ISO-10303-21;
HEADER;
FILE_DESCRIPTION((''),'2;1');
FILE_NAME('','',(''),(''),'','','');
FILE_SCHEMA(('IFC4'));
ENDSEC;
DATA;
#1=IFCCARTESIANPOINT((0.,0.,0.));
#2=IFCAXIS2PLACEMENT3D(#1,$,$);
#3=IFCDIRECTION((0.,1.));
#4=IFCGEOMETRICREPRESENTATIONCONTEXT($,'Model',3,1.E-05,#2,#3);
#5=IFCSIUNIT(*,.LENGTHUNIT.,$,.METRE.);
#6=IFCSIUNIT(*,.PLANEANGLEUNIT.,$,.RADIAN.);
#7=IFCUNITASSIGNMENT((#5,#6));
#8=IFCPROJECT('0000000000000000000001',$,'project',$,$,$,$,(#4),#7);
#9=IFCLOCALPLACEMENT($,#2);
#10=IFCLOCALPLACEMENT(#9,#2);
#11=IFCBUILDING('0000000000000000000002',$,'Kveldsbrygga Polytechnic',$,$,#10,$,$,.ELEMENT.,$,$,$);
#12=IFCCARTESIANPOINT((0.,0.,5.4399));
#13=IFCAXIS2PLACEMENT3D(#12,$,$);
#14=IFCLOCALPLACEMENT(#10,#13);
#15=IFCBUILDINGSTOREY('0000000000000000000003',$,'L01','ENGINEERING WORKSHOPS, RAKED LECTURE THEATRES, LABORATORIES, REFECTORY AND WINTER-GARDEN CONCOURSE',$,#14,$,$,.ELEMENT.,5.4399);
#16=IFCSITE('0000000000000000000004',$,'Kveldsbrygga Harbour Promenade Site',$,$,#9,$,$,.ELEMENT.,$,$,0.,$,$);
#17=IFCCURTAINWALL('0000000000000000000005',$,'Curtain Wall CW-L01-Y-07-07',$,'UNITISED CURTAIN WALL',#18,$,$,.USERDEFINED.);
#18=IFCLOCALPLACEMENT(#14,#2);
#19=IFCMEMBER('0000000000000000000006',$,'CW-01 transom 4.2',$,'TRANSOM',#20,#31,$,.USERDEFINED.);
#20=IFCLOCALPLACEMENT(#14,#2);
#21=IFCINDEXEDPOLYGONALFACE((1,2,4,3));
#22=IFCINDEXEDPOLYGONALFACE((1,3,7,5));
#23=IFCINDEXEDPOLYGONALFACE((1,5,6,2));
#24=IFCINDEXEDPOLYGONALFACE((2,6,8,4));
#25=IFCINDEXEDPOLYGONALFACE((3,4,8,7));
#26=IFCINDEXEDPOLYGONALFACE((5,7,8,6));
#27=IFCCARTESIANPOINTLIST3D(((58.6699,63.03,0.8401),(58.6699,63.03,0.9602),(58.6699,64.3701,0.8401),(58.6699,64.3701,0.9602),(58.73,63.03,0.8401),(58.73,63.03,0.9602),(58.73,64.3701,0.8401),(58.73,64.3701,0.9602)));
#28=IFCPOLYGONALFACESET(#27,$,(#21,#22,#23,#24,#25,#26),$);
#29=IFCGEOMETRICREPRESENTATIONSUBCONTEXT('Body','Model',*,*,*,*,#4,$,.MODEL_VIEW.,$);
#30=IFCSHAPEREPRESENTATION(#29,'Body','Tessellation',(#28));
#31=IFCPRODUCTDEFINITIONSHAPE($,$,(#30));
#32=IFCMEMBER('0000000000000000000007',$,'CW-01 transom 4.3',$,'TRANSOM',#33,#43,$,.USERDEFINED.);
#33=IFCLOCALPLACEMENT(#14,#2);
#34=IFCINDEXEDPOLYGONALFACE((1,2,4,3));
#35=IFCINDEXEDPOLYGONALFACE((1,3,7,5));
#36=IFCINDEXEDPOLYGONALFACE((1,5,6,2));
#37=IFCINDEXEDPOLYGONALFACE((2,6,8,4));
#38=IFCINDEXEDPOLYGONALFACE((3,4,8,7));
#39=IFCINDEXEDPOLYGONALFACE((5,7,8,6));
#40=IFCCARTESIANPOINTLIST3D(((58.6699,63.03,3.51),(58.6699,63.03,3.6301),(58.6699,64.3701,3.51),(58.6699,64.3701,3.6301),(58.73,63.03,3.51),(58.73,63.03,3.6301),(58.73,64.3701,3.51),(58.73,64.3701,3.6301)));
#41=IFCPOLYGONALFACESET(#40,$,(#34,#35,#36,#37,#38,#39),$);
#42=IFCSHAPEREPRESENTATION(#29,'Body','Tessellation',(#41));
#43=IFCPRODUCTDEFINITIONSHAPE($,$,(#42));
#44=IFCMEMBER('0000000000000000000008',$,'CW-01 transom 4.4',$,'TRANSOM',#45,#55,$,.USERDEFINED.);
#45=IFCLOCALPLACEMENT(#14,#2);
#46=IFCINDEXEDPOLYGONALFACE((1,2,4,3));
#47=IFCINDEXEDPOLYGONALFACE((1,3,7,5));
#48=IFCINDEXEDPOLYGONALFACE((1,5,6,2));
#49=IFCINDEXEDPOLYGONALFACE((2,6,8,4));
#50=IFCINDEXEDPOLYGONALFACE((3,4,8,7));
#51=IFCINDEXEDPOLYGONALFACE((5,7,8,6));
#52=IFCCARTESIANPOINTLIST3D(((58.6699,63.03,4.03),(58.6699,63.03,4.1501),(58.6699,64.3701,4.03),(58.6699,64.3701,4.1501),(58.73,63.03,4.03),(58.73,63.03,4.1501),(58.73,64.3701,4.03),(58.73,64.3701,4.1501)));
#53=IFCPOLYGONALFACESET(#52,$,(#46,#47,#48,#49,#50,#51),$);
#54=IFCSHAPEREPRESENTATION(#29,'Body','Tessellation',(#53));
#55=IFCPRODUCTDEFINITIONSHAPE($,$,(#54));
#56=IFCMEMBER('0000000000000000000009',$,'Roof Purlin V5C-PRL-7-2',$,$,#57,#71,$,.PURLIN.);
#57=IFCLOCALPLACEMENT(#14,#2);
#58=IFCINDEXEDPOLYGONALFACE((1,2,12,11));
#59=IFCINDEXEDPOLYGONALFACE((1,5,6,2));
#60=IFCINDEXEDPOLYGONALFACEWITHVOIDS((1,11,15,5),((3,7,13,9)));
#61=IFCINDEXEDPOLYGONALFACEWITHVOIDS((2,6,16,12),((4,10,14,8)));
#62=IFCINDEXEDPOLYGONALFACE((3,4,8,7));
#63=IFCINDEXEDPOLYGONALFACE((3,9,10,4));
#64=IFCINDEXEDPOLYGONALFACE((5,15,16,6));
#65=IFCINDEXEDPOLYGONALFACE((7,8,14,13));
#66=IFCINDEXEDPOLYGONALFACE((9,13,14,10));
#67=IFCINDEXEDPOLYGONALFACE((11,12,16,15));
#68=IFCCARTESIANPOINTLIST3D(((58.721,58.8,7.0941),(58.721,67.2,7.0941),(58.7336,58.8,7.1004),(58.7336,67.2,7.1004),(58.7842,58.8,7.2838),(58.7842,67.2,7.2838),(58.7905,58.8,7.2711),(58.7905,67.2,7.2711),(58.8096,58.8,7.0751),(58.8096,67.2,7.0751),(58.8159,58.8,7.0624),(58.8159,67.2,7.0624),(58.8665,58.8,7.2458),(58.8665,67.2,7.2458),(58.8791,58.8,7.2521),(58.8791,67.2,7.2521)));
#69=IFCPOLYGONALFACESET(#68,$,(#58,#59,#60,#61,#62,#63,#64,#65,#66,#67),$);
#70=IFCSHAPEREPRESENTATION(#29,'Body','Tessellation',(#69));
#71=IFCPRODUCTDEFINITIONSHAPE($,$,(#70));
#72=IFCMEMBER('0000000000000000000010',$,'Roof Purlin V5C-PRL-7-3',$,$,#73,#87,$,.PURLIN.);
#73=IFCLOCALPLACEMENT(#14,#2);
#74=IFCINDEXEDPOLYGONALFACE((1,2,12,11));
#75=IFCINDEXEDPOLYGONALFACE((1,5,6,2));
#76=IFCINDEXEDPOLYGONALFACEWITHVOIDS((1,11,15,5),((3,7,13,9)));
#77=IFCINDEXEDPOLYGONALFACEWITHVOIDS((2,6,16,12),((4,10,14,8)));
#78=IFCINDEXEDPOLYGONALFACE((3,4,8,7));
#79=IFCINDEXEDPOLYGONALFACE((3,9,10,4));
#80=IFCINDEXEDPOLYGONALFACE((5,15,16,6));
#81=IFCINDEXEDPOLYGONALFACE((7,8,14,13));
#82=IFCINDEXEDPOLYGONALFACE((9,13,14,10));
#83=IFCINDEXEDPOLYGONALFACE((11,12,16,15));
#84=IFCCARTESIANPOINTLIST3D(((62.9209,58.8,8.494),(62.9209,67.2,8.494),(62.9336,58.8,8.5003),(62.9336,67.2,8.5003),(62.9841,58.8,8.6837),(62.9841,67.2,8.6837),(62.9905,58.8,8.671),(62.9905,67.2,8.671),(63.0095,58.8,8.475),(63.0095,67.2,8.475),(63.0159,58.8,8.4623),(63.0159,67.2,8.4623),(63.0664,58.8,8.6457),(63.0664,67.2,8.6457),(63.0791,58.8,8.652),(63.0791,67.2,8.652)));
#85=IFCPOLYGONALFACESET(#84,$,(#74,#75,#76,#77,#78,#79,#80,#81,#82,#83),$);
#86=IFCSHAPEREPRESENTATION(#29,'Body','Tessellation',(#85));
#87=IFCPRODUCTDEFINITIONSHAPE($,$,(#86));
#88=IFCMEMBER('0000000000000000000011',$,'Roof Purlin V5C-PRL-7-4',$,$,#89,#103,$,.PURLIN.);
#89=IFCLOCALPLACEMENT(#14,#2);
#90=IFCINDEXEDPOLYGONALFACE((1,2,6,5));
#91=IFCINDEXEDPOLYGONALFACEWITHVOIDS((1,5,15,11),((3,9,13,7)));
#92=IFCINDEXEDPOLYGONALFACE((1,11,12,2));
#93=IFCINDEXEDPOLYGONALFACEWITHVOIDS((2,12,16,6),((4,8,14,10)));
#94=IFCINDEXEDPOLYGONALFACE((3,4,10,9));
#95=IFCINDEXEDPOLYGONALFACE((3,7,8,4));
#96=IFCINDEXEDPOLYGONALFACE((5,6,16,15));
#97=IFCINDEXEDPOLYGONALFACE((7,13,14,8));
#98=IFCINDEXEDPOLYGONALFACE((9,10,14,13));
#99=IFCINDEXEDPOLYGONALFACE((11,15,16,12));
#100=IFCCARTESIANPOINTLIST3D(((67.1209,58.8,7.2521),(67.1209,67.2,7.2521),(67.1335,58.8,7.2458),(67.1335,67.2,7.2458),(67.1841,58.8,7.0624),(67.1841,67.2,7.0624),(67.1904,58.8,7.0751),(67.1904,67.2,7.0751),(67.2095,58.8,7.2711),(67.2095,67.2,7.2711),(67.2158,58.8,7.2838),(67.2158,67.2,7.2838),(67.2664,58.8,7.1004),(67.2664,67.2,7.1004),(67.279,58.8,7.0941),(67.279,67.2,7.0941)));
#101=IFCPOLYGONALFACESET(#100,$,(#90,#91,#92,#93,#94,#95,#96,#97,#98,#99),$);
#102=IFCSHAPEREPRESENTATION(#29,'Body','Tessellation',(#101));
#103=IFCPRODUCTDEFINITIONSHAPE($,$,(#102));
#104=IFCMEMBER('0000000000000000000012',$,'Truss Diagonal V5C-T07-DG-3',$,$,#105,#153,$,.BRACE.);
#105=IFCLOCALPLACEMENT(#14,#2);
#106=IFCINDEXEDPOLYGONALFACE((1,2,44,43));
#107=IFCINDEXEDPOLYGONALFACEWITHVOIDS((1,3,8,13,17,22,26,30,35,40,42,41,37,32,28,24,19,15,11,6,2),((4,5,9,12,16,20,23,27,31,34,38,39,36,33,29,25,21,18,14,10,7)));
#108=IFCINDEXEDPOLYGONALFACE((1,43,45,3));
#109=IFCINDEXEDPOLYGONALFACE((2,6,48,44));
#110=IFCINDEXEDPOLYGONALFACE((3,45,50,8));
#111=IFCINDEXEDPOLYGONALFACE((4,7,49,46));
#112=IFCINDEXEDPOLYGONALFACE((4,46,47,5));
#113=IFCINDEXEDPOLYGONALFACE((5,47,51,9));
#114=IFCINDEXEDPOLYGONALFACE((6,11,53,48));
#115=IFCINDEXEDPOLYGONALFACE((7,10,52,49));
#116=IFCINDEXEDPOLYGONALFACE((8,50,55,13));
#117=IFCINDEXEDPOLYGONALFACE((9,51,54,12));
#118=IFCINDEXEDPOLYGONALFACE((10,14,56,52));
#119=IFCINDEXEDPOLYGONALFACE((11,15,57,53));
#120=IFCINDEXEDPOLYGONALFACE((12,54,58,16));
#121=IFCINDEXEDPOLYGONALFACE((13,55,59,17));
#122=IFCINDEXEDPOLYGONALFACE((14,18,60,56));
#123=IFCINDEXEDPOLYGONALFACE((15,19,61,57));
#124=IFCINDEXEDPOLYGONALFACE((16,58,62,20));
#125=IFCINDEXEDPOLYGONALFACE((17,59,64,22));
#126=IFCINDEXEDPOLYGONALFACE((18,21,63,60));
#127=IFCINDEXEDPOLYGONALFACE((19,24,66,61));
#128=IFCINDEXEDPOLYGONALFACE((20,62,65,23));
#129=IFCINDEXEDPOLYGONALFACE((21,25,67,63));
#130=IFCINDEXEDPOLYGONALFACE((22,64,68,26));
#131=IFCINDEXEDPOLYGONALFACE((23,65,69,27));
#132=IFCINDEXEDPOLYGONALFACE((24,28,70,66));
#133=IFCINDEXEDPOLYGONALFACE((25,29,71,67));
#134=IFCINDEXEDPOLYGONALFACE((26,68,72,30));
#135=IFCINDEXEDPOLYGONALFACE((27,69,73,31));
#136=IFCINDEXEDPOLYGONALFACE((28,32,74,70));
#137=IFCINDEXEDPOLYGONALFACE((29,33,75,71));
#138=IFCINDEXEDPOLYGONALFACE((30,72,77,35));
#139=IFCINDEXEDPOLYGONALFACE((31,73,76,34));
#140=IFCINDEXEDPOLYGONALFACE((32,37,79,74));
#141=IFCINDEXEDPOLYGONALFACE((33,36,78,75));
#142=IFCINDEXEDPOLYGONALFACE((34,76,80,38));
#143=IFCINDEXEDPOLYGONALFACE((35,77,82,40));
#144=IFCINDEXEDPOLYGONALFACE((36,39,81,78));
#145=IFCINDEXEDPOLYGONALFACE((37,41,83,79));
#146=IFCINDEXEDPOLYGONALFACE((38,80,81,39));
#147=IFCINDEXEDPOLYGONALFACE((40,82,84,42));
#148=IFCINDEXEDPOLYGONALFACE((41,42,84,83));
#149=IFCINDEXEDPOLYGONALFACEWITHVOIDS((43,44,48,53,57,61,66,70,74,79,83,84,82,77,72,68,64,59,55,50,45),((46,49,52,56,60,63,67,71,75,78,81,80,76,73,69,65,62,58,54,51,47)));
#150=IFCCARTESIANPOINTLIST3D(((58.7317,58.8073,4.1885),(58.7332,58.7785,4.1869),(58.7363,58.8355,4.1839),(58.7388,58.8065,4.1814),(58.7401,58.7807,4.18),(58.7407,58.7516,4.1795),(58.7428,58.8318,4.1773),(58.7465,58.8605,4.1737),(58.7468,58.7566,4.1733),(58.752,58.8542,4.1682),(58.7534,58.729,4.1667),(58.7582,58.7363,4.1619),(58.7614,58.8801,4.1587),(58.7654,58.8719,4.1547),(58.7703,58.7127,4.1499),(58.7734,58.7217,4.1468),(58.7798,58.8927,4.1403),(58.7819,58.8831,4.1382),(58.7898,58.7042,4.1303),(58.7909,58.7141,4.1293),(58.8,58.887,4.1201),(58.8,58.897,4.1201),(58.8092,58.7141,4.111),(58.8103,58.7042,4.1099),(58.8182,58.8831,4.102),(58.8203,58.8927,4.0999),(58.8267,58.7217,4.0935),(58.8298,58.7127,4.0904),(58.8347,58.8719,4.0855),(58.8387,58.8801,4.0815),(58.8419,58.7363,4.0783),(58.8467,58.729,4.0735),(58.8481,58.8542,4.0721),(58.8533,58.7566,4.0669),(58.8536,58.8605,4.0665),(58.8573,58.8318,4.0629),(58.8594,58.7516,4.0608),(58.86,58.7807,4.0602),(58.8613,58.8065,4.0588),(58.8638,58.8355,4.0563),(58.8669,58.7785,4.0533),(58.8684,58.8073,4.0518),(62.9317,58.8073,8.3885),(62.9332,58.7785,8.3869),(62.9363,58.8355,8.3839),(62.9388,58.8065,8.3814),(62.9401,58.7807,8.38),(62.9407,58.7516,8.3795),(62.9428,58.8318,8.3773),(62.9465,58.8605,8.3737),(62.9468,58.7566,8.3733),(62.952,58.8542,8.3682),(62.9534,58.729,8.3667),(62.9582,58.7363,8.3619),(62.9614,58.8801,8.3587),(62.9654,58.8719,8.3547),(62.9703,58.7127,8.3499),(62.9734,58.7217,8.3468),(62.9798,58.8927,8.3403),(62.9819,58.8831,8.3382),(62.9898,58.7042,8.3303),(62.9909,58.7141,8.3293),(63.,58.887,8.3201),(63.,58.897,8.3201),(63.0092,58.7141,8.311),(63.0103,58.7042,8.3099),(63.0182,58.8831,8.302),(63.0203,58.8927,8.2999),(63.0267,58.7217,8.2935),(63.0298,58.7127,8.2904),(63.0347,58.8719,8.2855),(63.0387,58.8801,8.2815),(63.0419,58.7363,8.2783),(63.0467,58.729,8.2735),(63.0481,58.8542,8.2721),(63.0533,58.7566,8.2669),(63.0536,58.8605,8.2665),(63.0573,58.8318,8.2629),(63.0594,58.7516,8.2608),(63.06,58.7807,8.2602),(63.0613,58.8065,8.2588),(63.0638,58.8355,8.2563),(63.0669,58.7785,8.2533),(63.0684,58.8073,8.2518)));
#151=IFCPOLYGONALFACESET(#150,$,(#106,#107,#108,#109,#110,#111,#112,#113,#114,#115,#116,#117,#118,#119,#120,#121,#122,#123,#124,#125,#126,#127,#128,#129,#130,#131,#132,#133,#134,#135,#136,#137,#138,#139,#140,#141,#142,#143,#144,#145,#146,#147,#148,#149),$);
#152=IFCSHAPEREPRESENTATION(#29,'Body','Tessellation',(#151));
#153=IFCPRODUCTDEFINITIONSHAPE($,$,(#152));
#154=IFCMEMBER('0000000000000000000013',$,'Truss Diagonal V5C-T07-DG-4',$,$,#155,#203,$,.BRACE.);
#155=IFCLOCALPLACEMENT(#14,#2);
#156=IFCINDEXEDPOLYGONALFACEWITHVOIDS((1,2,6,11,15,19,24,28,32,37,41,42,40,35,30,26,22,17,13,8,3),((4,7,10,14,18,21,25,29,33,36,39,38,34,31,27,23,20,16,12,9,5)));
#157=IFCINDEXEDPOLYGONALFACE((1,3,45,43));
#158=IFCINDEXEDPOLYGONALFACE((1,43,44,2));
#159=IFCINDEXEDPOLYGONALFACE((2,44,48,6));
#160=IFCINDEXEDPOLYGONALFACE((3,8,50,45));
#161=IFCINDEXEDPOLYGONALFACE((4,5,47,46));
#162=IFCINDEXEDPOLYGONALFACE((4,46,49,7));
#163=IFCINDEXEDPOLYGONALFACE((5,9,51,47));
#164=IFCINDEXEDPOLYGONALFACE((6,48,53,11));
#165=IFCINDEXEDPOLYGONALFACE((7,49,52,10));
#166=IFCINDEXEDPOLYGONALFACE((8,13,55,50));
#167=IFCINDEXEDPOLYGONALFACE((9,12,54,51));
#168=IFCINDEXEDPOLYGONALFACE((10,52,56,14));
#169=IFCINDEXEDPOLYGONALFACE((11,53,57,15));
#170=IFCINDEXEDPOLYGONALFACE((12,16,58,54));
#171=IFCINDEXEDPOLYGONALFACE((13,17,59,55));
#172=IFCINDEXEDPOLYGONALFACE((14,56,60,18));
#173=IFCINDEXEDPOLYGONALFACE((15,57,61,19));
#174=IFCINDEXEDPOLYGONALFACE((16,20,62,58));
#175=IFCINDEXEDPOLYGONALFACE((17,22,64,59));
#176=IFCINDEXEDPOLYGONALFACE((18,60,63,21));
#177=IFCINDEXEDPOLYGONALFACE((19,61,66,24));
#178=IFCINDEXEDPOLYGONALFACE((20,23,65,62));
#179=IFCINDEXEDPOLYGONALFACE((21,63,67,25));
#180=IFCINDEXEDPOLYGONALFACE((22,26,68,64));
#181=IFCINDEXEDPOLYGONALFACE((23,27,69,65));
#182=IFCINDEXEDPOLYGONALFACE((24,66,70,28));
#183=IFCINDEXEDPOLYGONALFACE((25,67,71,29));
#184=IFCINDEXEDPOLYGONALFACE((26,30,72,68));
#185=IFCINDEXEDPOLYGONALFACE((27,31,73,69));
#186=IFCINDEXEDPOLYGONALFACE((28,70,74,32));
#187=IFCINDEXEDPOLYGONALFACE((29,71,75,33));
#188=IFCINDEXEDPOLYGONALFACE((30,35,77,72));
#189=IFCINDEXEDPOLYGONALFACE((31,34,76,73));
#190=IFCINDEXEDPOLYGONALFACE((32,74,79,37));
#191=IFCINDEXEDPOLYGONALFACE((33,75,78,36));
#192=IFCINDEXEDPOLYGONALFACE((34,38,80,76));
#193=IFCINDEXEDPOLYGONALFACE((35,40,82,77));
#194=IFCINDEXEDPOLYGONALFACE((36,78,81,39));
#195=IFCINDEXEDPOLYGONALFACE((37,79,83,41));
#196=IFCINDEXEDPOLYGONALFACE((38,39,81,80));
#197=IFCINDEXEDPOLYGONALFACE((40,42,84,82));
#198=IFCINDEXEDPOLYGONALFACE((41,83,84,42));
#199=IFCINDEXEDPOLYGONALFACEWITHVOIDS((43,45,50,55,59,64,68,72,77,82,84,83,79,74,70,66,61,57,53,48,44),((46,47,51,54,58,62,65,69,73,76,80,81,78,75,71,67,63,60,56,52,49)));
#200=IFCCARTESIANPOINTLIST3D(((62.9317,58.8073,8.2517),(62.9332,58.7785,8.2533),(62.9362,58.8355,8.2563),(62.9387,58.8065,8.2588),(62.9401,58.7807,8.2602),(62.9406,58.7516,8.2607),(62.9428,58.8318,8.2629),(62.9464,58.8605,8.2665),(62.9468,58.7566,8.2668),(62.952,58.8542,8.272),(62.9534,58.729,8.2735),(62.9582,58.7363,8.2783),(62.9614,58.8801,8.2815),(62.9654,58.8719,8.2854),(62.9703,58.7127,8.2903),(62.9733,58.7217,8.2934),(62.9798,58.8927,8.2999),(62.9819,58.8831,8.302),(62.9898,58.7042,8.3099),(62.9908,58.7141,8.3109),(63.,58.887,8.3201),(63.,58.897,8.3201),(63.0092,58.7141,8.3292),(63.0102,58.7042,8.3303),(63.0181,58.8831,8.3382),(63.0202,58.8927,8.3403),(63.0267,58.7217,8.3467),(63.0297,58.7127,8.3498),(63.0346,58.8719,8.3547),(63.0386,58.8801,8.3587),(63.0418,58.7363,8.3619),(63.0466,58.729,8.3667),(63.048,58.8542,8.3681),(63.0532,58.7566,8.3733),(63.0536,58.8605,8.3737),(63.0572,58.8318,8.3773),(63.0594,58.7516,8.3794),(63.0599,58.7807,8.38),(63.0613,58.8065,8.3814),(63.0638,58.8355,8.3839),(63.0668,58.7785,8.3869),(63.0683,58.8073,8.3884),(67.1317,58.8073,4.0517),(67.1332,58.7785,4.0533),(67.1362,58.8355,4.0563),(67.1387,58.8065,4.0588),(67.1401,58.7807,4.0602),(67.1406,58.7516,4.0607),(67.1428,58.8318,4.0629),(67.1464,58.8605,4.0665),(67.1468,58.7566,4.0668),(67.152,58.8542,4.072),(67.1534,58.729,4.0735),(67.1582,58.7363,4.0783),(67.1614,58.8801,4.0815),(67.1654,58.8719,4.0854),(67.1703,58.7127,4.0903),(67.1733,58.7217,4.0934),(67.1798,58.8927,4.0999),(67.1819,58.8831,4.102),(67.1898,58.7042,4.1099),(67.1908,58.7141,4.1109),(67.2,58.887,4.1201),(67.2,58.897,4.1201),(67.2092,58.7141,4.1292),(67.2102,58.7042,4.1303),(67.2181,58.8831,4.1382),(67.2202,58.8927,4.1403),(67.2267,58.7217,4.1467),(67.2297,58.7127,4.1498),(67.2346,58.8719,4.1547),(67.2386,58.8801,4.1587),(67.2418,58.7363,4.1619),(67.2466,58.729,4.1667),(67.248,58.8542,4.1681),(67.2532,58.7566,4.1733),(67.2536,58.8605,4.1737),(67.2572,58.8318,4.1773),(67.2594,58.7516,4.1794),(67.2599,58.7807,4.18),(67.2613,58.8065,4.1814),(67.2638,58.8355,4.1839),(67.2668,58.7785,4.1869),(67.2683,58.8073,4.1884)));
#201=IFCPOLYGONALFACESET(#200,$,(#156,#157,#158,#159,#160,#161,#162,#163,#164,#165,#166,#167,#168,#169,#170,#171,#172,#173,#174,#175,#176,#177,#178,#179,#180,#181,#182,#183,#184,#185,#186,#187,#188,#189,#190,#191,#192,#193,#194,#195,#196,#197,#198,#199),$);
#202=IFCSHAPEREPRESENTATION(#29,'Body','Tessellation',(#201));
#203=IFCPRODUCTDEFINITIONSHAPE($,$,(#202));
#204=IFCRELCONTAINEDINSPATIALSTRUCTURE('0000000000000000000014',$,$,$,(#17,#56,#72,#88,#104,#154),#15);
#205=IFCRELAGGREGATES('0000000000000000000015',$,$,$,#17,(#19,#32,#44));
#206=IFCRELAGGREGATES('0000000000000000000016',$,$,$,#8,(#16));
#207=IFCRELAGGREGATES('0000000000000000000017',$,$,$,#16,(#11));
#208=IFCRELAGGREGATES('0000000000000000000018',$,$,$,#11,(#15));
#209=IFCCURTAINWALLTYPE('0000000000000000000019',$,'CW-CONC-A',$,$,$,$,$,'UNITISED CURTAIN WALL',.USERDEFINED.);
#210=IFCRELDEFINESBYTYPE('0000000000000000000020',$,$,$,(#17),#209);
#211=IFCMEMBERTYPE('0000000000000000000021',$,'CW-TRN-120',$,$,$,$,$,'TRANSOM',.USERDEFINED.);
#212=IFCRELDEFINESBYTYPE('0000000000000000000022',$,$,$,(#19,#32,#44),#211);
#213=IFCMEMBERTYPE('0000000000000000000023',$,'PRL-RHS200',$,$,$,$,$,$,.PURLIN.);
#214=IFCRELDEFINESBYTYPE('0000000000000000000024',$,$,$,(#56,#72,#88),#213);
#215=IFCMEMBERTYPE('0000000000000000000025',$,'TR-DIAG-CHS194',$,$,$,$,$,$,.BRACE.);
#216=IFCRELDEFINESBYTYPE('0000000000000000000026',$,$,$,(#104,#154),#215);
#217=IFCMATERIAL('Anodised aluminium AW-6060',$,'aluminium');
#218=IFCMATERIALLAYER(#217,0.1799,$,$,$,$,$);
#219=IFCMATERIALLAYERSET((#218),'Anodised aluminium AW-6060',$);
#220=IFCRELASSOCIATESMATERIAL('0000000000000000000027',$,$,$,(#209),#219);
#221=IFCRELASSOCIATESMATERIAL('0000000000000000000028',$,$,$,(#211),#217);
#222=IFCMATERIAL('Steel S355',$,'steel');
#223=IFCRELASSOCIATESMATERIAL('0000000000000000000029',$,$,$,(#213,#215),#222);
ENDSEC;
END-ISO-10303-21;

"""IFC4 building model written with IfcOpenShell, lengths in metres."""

from ifc_helpers import new_model, si_unit, direction, frame, origin, origin_2d, place, context, subcontext, project, spatial, rectangle, hollow_rectangle, hollow_circle, extrude, material, layer, layer_set, material_profile, profile_set, type_object, element, aggregate, save


model = new_model("IFC4")

# Units and contexts
model_context = context("Model", 3, precision=1e-05, world=origin(), true_north=direction((0.0, 1.0)))
body_context = subcontext(model_context, "Body", "Model", "MODEL_VIEW")
ifc_project = project(units=[si_unit("LENGTHUNIT", "METRE"), si_unit("PLANEANGLEUNIT", "RADIAN")], contexts=[model_context])

# Site, building, storey
site_placement = place(None, origin())
site = spatial("IfcSite", under=ifc_project, at=site_placement, Name="Kveldsbrygga Harbour Promenade Site", CompositionType="ELEMENT", RefElevation=0.0)
building_placement = place(site_placement, origin())
building = spatial("IfcBuilding", under=site, at=building_placement, Name="Kveldsbrygga Polytechnic", CompositionType="ELEMENT")
storey_placement = place(building_placement, frame((0.0, 0.0, 5.4399)))
storey = spatial("IfcBuildingStorey", under=building, at=storey_placement, Name="L01", Description="ENGINEERING WORKSHOPS, RAKED LECTURE THEATRES, LABORATORIES, REFECTORY AND WINTER-GARDEN CONCOURSE", CompositionType="ELEMENT", Elevation=5.4399)

# Shared definitions
ifc_material_1 = material(Name="Steel S355", Category="steel")

# Curtain wall
ifc_material_2 = material(Name="Anodised aluminium AW-6060", Category="aluminium")
ifc_layer_1 = layer(ifc_material_2, 0.1799)
ifc_layer_set_1 = layer_set([ifc_layer_1], Name="Anodised aluminium AW-6060")
curtain_wall_type = type_object("IfcCurtainWallType", Name="CW-CONC-A", ElementType="UNITISED CURTAIN WALL", PredefinedType="USERDEFINED", material=ifc_layer_set_1)
curtain_wall_1_placement = place(storey_placement, origin())
curtain_wall_1 = element("IfcCurtainWall", 1, at=curtain_wall_1_placement, inside=storey, type_object=curtain_wall_type, Name="Curtain Wall CW-L01-Y-07-07", ObjectType="UNITISED CURTAIN WALL", PredefinedType="USERDEFINED")

# Members
ifc_material_profile_1 = material_profile(ifc_material_2, rectangle(XDim=0.0601, YDim=0.1201, at=origin_2d()), Name="ALU 60x120")
ifc_profile_set_1 = profile_set([ifc_material_profile_1], Name="Anodised aluminium AW-6060")
member_type_1 = type_object("IfcMemberType", Name="CW-TRN-120", ElementType="TRANSOM", PredefinedType="USERDEFINED", material=ifc_profile_set_1)
member_1_placement = place(storey_placement, frame((58.7, 63.03, 0.9001), z_axis=(0.0, 1.0, 0.0), x_axis=(-1.0, 0.0, 0.0)))
member_1 = element("IfcMember", 2, at=member_1_placement, type_object=member_type_1, Name="CW-01 transom 4.2", ObjectType="TRANSOM", PredefinedType="USERDEFINED", context=body_context, shape_type="SweptSolid", body=[
    extrude(rectangle(XDim=0.0601, YDim=0.1201, at=origin_2d()), origin(), (0.0, 0.0, 1.0), 1.3401),
])
member_2_placement = place(storey_placement, frame((58.7, 63.03, 3.5701), z_axis=(0.0, 1.0, 0.0), x_axis=(-1.0, 0.0, 0.0)))
member_2 = element("IfcMember", 3, at=member_2_placement, type_object=member_type_1, Name="CW-01 transom 4.3", ObjectType="TRANSOM", PredefinedType="USERDEFINED", context=body_context, shape_type="SweptSolid", body=[
    extrude(rectangle(XDim=0.0601, YDim=0.1201, at=origin_2d()), origin(), (0.0, 0.0, 1.0), 1.3401),
])
member_3_placement = place(storey_placement, frame((58.7, 63.03, 4.0901), z_axis=(0.0, 1.0, 0.0), x_axis=(-1.0, 0.0, 0.0)))
member_3 = element("IfcMember", 4, at=member_3_placement, type_object=member_type_1, Name="CW-01 transom 4.4", ObjectType="TRANSOM", PredefinedType="USERDEFINED", context=body_context, shape_type="SweptSolid", body=[
    extrude(rectangle(XDim=0.0601, YDim=0.1201, at=origin_2d()), origin(), (0.0, 0.0, 1.0), 1.3401),
])

# Members
ifc_material_profile_2 = material_profile(ifc_material_1, hollow_rectangle(XDim=0.1001, YDim=0.2, WallThickness=0.01, at=origin_2d()), Name="RHS 200x100x10.0")
ifc_profile_set_2 = profile_set([ifc_material_profile_2], Name="Steel S355")
member_type_2 = type_object("IfcMemberType", Name="PRL-RHS200", PredefinedType="PURLIN", material=ifc_profile_set_2)
for number, where, z_axis, x_axis, name in (
    (5, (58.8, 58.8, 7.1731), (0.0, 1.0, 0.0), (-0.948684, 0.0, 0.316227), "Roof Purlin V5C-PRL-7-2"),
    (6, (63.0, 58.8, 8.573), (0.0, 1.0, 0.0), (-0.948684, 0.0, 0.316227), "Roof Purlin V5C-PRL-7-3"),
    (7, (67.2, 58.8, 7.1731), (0.0, 1.0, 0.0), (-0.948684, 0.0, -0.316227), "Roof Purlin V5C-PRL-7-4"),
):
    element("IfcMember", number, at=place(storey_placement, frame(where, z_axis=z_axis, x_axis=x_axis)), inside=storey, type_object=member_type_2, Name=name, PredefinedType="PURLIN", context=body_context, shape_type="SweptSolid", body=[
        extrude(hollow_rectangle(XDim=0.1001, YDim=0.2, WallThickness=0.01, at=origin_2d()), origin(), (0.0, 0.0, 1.0), 8.3999),
    ])
ifc_material_profile_3 = material_profile(ifc_material_1, hollow_circle(Radius=0.0969, WallThickness=0.01, at=origin_2d()), Name="CHS 193.7x10.0")
ifc_profile_set_3 = profile_set([ifc_material_profile_3], Name="Steel S355")
member_type_3 = type_object("IfcMemberType", Name="TR-DIAG-CHS194", PredefinedType="BRACE", material=ifc_profile_set_3)
for number, where, z_axis, x_axis, name in (
    (8, (58.8, 58.8, 4.1201), (0.707107, 0.0, 0.707107), (0.0, 1.0, 0.0), "Truss Diagonal V5C-T07-DG-3"),
    (9, (63.0, 58.8, 8.3201), (0.707107, 0.0, -0.707107), (0.0, 1.0, 0.0), "Truss Diagonal V5C-T07-DG-4"),
):
    element("IfcMember", number, at=place(storey_placement, frame(where, z_axis=z_axis, x_axis=x_axis)), inside=storey, type_object=member_type_3, Name=name, PredefinedType="BRACE", context=body_context, shape_type="SweptSolid", body=[
        extrude(hollow_circle(Radius=0.0969, WallThickness=0.01, at=origin_2d()), origin(), (0.0, 0.0, 1.0), 5.9397),
    ])

aggregate(curtain_wall_1, [member_1, member_2, member_3])

save(model, "model.ifc")
